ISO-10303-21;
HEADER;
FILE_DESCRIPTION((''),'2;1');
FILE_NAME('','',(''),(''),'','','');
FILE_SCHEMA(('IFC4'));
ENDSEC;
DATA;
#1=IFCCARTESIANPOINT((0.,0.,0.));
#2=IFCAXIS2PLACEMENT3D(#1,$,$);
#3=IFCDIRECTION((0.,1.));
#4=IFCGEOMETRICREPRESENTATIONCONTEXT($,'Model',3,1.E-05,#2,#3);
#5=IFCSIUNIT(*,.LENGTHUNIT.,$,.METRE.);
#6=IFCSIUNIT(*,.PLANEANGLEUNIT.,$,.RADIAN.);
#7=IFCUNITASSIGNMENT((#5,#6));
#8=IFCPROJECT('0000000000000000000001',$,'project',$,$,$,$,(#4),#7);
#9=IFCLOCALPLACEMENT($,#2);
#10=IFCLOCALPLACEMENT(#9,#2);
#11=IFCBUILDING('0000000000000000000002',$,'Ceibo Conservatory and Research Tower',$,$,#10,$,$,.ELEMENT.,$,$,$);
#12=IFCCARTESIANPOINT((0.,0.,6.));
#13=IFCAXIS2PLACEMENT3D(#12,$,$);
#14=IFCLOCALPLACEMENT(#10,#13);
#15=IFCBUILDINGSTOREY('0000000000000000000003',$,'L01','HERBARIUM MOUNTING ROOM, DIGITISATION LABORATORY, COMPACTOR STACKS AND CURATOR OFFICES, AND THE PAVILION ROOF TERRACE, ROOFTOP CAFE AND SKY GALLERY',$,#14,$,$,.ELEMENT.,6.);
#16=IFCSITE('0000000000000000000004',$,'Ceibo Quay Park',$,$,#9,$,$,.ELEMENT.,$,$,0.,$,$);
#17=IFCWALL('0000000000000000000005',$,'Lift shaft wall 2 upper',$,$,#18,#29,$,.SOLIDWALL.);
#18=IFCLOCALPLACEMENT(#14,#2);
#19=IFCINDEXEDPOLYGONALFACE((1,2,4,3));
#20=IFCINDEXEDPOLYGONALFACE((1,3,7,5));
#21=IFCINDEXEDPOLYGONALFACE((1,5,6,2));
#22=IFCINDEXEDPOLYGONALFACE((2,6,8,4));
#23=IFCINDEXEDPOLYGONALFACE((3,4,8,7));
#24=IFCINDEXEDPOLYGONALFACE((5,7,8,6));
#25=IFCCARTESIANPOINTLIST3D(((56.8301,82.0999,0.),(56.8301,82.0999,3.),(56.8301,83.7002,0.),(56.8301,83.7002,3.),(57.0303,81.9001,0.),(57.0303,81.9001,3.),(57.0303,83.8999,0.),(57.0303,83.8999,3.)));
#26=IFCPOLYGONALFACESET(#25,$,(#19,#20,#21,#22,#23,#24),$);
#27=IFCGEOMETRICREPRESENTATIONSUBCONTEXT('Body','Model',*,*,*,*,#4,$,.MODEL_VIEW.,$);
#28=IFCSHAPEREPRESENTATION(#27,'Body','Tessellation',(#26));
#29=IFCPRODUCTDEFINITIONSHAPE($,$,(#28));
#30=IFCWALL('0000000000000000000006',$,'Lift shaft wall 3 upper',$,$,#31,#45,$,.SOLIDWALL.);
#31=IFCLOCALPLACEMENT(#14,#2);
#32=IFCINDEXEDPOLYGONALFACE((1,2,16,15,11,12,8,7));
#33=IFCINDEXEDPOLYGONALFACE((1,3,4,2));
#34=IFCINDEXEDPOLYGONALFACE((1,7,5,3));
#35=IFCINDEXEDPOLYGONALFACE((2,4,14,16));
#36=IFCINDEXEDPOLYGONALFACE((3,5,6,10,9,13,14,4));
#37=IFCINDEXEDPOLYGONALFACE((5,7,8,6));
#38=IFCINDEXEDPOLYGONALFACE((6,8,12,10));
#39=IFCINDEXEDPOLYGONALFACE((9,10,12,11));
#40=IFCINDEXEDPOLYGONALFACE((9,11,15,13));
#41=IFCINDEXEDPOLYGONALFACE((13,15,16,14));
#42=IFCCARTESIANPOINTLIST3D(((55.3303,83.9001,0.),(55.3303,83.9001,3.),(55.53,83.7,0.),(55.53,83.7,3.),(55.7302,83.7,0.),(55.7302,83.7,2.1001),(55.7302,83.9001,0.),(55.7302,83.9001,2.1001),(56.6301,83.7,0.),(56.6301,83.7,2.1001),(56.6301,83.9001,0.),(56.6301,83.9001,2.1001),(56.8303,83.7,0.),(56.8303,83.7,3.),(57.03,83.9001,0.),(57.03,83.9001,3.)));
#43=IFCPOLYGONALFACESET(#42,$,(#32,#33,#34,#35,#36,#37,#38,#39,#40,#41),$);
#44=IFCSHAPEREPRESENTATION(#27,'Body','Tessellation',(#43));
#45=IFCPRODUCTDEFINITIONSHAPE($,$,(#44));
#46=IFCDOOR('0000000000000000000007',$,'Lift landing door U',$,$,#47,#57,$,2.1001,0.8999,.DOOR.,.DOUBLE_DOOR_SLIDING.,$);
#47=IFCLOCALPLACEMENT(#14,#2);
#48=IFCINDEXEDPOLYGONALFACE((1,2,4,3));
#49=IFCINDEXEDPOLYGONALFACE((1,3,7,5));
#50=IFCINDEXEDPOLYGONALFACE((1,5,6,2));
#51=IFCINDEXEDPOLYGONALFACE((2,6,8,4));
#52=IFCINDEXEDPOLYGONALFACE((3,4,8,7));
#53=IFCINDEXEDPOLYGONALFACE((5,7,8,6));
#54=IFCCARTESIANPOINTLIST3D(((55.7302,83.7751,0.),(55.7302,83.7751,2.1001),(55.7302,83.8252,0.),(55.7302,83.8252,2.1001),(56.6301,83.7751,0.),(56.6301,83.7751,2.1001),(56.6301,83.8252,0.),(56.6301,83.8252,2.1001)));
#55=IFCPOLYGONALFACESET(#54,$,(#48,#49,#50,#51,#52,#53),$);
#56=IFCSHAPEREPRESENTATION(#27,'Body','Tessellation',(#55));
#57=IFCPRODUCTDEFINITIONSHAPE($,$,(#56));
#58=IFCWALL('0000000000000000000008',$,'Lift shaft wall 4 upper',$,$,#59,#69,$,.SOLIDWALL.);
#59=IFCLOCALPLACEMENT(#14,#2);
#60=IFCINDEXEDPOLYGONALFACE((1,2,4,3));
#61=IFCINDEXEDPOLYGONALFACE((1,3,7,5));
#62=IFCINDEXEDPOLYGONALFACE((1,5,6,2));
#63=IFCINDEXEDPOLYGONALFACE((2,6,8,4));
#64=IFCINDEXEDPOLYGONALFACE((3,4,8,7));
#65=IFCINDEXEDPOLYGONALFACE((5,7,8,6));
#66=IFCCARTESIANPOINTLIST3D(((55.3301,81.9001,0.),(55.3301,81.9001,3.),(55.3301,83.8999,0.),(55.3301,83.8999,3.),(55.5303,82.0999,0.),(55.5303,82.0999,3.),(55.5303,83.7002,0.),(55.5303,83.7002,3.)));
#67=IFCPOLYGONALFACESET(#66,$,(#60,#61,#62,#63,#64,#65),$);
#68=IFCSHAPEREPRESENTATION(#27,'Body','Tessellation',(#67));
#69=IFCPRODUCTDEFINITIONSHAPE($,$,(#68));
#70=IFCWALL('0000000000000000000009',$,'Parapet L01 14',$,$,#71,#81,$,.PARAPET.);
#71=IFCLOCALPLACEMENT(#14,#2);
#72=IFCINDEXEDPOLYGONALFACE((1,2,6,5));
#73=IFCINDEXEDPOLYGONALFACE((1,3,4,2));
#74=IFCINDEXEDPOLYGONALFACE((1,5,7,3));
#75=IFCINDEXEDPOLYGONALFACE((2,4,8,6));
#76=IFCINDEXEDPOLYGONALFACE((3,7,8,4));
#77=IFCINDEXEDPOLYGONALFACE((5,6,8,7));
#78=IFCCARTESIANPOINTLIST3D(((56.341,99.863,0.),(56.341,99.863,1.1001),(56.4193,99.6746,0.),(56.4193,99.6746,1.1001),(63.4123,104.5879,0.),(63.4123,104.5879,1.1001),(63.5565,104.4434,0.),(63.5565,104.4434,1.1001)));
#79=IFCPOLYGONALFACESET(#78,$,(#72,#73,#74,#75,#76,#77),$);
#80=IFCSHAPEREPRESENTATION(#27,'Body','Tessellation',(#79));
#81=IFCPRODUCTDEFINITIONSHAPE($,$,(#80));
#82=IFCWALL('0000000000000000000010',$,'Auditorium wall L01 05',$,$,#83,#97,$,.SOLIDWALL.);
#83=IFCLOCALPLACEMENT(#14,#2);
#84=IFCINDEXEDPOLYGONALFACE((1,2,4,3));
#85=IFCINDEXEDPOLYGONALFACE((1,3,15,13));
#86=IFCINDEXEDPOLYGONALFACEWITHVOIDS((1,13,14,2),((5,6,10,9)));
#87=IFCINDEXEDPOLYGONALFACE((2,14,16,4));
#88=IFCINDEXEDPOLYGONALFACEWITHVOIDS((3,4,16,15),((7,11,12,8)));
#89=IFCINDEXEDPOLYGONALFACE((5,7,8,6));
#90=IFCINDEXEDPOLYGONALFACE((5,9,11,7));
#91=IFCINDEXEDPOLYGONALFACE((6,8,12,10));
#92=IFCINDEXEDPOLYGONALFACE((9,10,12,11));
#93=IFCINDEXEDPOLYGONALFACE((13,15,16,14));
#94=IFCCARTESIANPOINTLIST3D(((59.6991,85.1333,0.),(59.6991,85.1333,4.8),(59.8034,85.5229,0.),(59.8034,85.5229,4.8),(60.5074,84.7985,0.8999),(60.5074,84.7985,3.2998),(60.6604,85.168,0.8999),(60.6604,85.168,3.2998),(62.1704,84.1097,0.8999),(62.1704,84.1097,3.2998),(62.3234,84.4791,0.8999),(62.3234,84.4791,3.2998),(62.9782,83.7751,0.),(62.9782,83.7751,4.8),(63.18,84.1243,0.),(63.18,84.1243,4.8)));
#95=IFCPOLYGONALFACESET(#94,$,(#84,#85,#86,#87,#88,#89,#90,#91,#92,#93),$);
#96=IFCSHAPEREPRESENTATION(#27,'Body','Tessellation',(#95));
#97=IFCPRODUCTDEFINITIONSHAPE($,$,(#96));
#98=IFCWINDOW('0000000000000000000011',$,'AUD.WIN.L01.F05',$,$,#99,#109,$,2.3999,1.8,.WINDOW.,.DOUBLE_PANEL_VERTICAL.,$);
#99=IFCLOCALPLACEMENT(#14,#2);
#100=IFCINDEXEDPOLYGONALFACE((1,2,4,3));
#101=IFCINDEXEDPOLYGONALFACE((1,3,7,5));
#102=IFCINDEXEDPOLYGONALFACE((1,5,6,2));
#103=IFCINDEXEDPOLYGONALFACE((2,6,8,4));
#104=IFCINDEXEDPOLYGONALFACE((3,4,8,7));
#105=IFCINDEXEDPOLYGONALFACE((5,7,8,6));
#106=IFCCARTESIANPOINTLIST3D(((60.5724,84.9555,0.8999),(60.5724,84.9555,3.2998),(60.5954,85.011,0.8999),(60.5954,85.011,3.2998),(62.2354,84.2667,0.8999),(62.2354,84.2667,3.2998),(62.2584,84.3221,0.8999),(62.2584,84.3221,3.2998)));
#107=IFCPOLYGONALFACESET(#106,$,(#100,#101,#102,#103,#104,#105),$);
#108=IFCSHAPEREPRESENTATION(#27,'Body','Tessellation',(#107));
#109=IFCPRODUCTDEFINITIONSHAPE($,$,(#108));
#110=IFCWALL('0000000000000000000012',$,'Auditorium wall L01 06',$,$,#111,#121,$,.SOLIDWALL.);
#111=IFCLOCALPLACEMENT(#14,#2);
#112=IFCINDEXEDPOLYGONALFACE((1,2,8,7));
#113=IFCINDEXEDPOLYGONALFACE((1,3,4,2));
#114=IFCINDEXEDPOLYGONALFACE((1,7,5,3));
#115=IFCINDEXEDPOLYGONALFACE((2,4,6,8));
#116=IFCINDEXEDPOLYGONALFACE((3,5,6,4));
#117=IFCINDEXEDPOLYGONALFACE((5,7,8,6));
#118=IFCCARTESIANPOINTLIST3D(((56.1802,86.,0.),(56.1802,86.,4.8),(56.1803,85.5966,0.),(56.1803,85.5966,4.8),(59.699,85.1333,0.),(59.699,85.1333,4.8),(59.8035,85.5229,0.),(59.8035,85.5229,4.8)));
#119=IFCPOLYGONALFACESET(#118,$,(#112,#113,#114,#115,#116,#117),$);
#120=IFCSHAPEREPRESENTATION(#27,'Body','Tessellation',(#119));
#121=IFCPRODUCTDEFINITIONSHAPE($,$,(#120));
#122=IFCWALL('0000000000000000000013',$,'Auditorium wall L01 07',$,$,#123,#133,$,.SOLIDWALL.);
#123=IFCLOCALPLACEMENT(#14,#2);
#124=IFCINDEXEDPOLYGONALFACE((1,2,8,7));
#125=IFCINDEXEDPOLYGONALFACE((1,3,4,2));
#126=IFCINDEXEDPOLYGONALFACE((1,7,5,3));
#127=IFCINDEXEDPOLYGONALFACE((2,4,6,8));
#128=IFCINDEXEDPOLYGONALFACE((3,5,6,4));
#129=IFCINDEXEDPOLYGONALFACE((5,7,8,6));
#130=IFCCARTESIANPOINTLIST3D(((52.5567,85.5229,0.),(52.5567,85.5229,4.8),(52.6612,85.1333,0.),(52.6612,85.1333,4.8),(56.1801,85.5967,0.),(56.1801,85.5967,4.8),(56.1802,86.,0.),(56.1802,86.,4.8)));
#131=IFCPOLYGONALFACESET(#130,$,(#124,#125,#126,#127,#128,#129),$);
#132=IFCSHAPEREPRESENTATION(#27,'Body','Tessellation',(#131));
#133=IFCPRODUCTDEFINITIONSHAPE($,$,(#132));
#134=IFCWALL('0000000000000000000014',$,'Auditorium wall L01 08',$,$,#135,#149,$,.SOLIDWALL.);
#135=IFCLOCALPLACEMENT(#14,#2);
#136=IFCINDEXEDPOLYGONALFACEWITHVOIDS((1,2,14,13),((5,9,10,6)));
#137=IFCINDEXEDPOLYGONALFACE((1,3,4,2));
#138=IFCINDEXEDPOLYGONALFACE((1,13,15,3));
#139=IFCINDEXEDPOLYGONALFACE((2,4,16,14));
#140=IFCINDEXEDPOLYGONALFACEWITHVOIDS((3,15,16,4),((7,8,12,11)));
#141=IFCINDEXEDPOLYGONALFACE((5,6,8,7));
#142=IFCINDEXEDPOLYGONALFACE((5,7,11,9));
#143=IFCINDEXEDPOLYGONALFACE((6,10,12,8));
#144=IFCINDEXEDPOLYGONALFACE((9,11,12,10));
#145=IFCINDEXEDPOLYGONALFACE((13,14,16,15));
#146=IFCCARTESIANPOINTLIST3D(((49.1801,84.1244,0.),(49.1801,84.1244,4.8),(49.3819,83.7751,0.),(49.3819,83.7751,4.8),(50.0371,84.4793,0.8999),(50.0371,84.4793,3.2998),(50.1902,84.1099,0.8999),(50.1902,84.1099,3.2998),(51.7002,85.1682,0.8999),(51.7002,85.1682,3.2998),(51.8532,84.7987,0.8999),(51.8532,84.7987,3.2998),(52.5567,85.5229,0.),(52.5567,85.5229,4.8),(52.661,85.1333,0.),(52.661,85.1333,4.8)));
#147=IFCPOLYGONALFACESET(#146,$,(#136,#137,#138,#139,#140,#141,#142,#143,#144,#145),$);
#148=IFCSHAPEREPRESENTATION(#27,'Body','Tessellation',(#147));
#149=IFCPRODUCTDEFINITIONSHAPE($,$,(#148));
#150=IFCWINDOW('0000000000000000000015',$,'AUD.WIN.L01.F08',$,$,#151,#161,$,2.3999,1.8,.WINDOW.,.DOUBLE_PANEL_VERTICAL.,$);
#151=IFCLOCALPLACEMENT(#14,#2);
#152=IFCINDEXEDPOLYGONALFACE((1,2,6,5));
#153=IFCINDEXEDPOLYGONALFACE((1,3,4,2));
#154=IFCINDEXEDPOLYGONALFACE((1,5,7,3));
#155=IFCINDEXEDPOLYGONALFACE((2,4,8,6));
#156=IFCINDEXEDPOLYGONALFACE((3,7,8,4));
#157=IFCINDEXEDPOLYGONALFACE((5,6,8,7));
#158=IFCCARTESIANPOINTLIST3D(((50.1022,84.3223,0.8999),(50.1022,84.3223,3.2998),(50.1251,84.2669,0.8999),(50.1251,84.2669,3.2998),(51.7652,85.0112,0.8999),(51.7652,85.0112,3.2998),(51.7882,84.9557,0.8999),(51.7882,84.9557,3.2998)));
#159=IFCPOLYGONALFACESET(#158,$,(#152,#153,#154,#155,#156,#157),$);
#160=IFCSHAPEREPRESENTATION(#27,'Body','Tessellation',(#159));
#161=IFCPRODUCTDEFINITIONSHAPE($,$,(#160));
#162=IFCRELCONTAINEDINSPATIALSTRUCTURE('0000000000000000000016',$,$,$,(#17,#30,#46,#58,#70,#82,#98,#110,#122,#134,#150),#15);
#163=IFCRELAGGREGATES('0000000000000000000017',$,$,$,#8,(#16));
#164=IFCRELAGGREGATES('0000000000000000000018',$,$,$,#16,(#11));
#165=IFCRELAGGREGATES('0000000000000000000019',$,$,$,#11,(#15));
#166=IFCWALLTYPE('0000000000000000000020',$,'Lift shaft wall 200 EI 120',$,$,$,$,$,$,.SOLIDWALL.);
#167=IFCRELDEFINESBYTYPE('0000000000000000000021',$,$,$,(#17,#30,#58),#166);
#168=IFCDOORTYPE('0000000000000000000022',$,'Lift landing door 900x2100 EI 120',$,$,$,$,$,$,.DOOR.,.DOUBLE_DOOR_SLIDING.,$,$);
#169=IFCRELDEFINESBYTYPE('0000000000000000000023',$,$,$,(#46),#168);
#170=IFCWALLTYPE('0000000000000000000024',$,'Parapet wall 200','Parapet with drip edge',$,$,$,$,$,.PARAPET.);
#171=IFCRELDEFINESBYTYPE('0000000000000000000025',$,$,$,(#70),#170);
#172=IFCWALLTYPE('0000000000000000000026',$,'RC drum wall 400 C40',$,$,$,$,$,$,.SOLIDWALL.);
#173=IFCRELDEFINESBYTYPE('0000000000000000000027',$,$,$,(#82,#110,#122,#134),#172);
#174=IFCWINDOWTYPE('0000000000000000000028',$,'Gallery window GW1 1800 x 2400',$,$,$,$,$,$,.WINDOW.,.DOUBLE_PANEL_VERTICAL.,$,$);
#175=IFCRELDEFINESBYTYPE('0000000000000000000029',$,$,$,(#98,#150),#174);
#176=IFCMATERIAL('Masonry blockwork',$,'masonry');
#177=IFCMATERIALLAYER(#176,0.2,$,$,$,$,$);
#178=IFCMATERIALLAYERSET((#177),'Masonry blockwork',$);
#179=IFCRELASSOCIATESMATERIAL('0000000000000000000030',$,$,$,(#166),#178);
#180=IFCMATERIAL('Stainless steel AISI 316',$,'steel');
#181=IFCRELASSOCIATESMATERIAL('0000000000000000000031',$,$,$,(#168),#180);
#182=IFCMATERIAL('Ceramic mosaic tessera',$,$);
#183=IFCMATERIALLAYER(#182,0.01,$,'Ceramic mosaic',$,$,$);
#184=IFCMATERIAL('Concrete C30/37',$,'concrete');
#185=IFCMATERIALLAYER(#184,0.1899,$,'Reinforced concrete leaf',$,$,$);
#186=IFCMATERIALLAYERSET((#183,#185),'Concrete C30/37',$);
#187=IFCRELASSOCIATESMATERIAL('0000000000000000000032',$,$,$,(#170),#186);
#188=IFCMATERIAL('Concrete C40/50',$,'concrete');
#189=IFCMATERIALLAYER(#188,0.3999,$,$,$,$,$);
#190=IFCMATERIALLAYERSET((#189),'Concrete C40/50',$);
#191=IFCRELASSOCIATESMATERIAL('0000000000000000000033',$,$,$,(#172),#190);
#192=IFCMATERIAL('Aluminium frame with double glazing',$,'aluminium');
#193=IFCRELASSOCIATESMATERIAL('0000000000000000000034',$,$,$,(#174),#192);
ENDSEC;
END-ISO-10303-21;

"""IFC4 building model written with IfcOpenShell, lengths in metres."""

from ifc_helpers import new_model, si_unit, direction, frame, frame_2d, origin, place, context, subcontext, project, spatial, polyline, rectangle, outline, extrude, material, layer, layer_set, type_object, element, fill, save


model = new_model("IFC4")

# Units and contexts
model_context = context("Model", 3, precision=1e-05, world=origin(), true_north=direction((0.0, 1.0)))
body_context = subcontext(model_context, "Body", "Model", "MODEL_VIEW")
ifc_project = project(units=[si_unit("LENGTHUNIT", "METRE"), si_unit("PLANEANGLEUNIT", "RADIAN")], contexts=[model_context])

# Site, building, storey
site_placement = place(None, origin())
site = spatial("IfcSite", under=ifc_project, at=site_placement, Name="Ceibo Quay Park", CompositionType="ELEMENT", RefElevation=0.0)
building_placement = place(site_placement, origin())
building = spatial("IfcBuilding", under=site, at=building_placement, Name="Ceibo Conservatory and Research Tower", CompositionType="ELEMENT")
storey_placement = place(building_placement, frame((0.0, 0.0, 6.0)))
storey = spatial("IfcBuildingStorey", under=building, at=storey_placement, Name="L01", Description="HERBARIUM MOUNTING ROOM, DIGITISATION LABORATORY, COMPACTOR STACKS AND CURATOR OFFICES, AND THE PAVILION ROOF TERRACE, ROOFTOP CAFE AND SKY GALLERY", CompositionType="ELEMENT", Elevation=6.0)

# Wall
ifc_material_1 = material(Name="Masonry blockwork", Category="masonry")
ifc_layer_1 = layer(ifc_material_1, 0.2)
ifc_layer_set_1 = layer_set([ifc_layer_1], Name="Masonry blockwork")
wall_type_1 = type_object("IfcWallType", Name="Lift shaft wall 200 EI 120", PredefinedType="SOLIDWALL", material=ifc_layer_set_1)
wall_1_placement = place(storey_placement, frame((56.9302, 82.0, 0.0), z_axis=(0.0, 0.0, 1.0), x_axis=(0.0, 1.0, 0.0)))
element("IfcWall", 1, at=wall_1_placement, inside=storey, type_object=wall_type_1, Name="Lift shaft wall 2 upper", PredefinedType="SOLIDWALL", context=body_context, shape_type="SweptSolid", body=[
    extrude(outline(polyline([(-0.0999, -0.1001), (1.8999, -0.1001), (1.7002, 0.1001), (0.0999, 0.1001), (-0.0999, -0.1001)])), origin(), (0.0, 0.0, 1.0), 3.0),
])

# Wall, opening, door
wall_2_placement = place(storey_placement, frame((56.9302, 83.8, 0.0), z_axis=(0.0, 0.0, 1.0), x_axis=(-1.0, 0.0, 0.0)))
wall_2 = element("IfcWall", 2, at=wall_2_placement, inside=storey, type_object=wall_type_1, Name="Lift shaft wall 3 upper", PredefinedType="SOLIDWALL", context=body_context, shape_type="SweptSolid", body=[
    extrude(outline(polyline([(-0.0999, -0.1001), (1.5999, -0.1001), (1.4001, 0.1001), (0.0999, 0.1001), (-0.0999, -0.1001)])), origin(), (0.0, 0.0, 1.0), 3.0),
])
opening_1_placement = place(wall_2_placement, frame((0.3, 0.0, 0.0)))
opening_1 = element("IfcOpeningElement", 3, at=opening_1_placement, cuts=wall_2, PredefinedType="OPENING", context=body_context, shape_type="SweptSolid", body=[
    extrude(rectangle(XDim=0.8999, YDim=2.1001, at=frame_2d((0.45, 1.05))), frame((0.0, 0.1099, 0.0), z_axis=(0.0, -1.0, 0.0), x_axis=(1.0, 0.0, 0.0)), (0.0, 0.0, 1.0), 0.22),
])
ifc_material_2 = material(Name="Stainless steel AISI 316", Category="steel")
door_type = type_object("IfcDoorType", Name="Lift landing door 900x2100 EI 120", OperationType="DOUBLE_DOOR_SLIDING", PredefinedType="DOOR", material=ifc_material_2)
door_placement = place(opening_1_placement, origin())
door = element("IfcDoor", 4, at=door_placement, inside=storey, type_object=door_type, Name="Lift landing door U", OperationType="DOUBLE_DOOR_SLIDING", OverallHeight=2.1001, OverallWidth=0.8999, PredefinedType="DOOR", context=body_context, shape_type="SweptSolid", body=[
    extrude(rectangle(XDim=0.8999, YDim=2.1001, at=frame_2d((0.45, 1.05))), frame((0.0, 0.0249, 0.0), z_axis=(0.0, -1.0, 0.0), x_axis=(1.0, 0.0, 0.0)), (0.0, 0.0, 1.0), 0.05),
])
fill(opening_1, door)

# Walls
wall_3_placement = place(storey_placement, frame((55.4302, 83.8, 0.0), z_axis=(0.0, 0.0, 1.0), x_axis=(0.0, -1.0, 0.0)))
element("IfcWall", 5, at=wall_3_placement, inside=storey, type_object=wall_type_1, Name="Lift shaft wall 4 upper", PredefinedType="SOLIDWALL", context=body_context, shape_type="SweptSolid", body=[
    extrude(outline(polyline([(-0.0999, -0.1001), (1.8999, -0.1001), (1.7002, 0.1001), (0.0999, 0.1001), (-0.0999, -0.1001)])), origin(), (0.0, 0.0, 1.0), 3.0),
])
ifc_material_3 = material(Name="Ceramic mosaic tessera")
ifc_layer_2 = layer(ifc_material_3, 0.01, Name="Ceramic mosaic")
ifc_material_4 = material(Name="Concrete C30/37", Category="concrete")
ifc_layer_3 = layer(ifc_material_4, 0.1899, Name="Reinforced concrete leaf")
ifc_layer_set_2 = layer_set([ifc_layer_2, ifc_layer_3], Name="Concrete C30/37")
wall_type_2 = type_object("IfcWallType", Name="Parapet wall 200", Description="Parapet with drip edge", PredefinedType="PARAPET", material=ifc_layer_set_2)
wall_4_placement = place(storey_placement, frame((56.3801, 99.7688, 0.0), z_axis=(0.0, 0.0, 1.0), x_axis=(0.831474, 0.555564, 0.0)))
element("IfcWall", 6, at=wall_4_placement, inside=storey, type_object=wall_type_2, Name="Parapet L01 14", PredefinedType="PARAPET", context=body_context, shape_type="SweptSolid", body=[
    extrude(outline(polyline([(-0.0198, -0.1001), (8.564, -0.1001), (8.5244, 0.1001), (0.0198, 0.1001), (-0.0198, -0.1001)])), origin(), (0.0, 0.0, 1.0), 1.1001),
])

# Wall, opening, window
ifc_material_5 = material(Name="Concrete C40/50", Category="concrete")
ifc_layer_4 = layer(ifc_material_5, 0.3999)
ifc_layer_set_3 = layer_set([ifc_layer_4], Name="Concrete C40/50")
wall_type_3 = type_object("IfcWallType", Name="RC drum wall 400 C40", PredefinedType="SOLIDWALL", material=ifc_layer_set_3)
wall_5_placement = place(storey_placement, frame((63.0791, 83.9497, 0.0), z_axis=(0.0, 0.0, 1.0), x_axis=(-0.923883, 0.382675, 0.0)))
wall_5 = element("IfcWall", 7, at=wall_5_placement, inside=storey, type_object=wall_type_3, Name="Auditorium wall L01 05", PredefinedType="SOLIDWALL", context=body_context, shape_type="SweptSolid", body=[
    extrude(outline(polyline([(-0.0264, -0.2), (3.6284, -0.2), (3.5757, 0.2), (0.0264, 0.2), (-0.0264, -0.2)])), origin(), (0.0, 0.0, 1.0), 4.8),
])
opening_2_placement = place(wall_5_placement, frame((0.9009, 0.0, 0.8999)))
opening_2 = element("IfcOpeningElement", 8, at=opening_2_placement, cuts=wall_5, PredefinedType="OPENING", context=body_context, shape_type="SweptSolid", body=[
    extrude(rectangle(XDim=1.8, YDim=2.3999, at=frame_2d((0.8999, 1.2))), frame((0.0, 0.21, 0.0), z_axis=(0.0, -1.0, 0.0), x_axis=(1.0, 0.0, 0.0)), (0.0, 0.0, 1.0), 0.4199),
])
ifc_material_6 = material(Name="Aluminium frame with double glazing", Category="aluminium")
window_type = type_object("IfcWindowType", Name="Gallery window GW1 1800 x 2400", PartitioningType="DOUBLE_PANEL_VERTICAL", PredefinedType="WINDOW", material=ifc_material_6)
window_1_placement = place(opening_2_placement, origin())
window_1 = element("IfcWindow", 9, at=window_1_placement, inside=storey, type_object=window_type, Name="AUD.WIN.L01.F05", OverallHeight=2.3999, OverallWidth=1.8, PartitioningType="DOUBLE_PANEL_VERTICAL", PredefinedType="WINDOW", context=body_context, shape_type="SweptSolid", body=[
    extrude(rectangle(XDim=1.8, YDim=2.3999, at=frame_2d((0.8999, 1.2))), frame((0.0, 0.03, 0.0), z_axis=(0.0, -1.0, 0.0), x_axis=(1.0, 0.0, 0.0)), (0.0, 0.0, 1.0), 0.0601),
])
fill(opening_2, window_1)

# Walls
wall_6_placement = place(storey_placement, frame((59.7512, 85.3281, 0.0), z_axis=(0.0, 0.0, 1.0), x_axis=(-0.991442, 0.130547, 0.0)))
element("IfcWall", 10, at=wall_6_placement, inside=storey, type_object=wall_type_3, Name="Auditorium wall L01 06", PredefinedType="SOLIDWALL", context=body_context, shape_type="SweptSolid", body=[
    extrude(outline(polyline([(-0.0264, -0.2), (3.6282, -0.2), (3.5754, 0.2), (0.0264, 0.2), (-0.0264, -0.2)])), origin(), (0.0, 0.0, 1.0), 4.8),
])
wall_7_placement = place(storey_placement, frame((56.1802, 85.7983, 0.0), z_axis=(0.0, 0.0, 1.0), x_axis=(-0.991443, -0.130539, 0.0)))
element("IfcWall", 11, at=wall_7_placement, inside=storey, type_object=wall_type_3, Name="Auditorium wall L01 07", PredefinedType="SOLIDWALL", context=body_context, shape_type="SweptSolid", body=[
    extrude(outline(polyline([(-0.0264, -0.2), (3.6284, -0.2), (3.5757, 0.2), (0.0264, 0.2), (-0.0264, -0.2)])), origin(), (0.0, 0.0, 1.0), 4.8),
])

# Wall, opening, window
wall_8_placement = place(storey_placement, frame((52.6089, 85.3281, 0.0), z_axis=(0.0, 0.0, 1.0), x_axis=(-0.923883, -0.382675, 0.0)))
wall_8 = element("IfcWall", 12, at=wall_8_placement, inside=storey, type_object=wall_type_3, Name="Auditorium wall L01 08", PredefinedType="SOLIDWALL", context=body_context, shape_type="SweptSolid", body=[
    extrude(outline(polyline([(-0.0264, -0.2), (3.6284, -0.2), (3.5757, 0.2), (0.0264, 0.2), (-0.0264, -0.2)])), origin(), (0.0, 0.0, 1.0), 4.8),
])
opening_3_placement = place(wall_8_placement, frame((0.9009, 0.0, 0.8999)))
opening_3 = element("IfcOpeningElement", 13, at=opening_3_placement, cuts=wall_8, PredefinedType="OPENING", context=body_context, shape_type="SweptSolid", body=[
    extrude(rectangle(XDim=1.8, YDim=2.3999, at=frame_2d((0.8999, 1.2))), frame((0.0, 0.21, 0.0), z_axis=(0.0, -1.0, 0.0), x_axis=(1.0, 0.0, 0.0)), (0.0, 0.0, 1.0), 0.4199),
])
window_2_placement = place(opening_3_placement, origin())
window_2 = element("IfcWindow", 14, at=window_2_placement, inside=storey, type_object=window_type, Name="AUD.WIN.L01.F08", OverallHeight=2.3999, OverallWidth=1.8, PartitioningType="DOUBLE_PANEL_VERTICAL", PredefinedType="WINDOW", context=body_context, shape_type="SweptSolid", body=[
    extrude(rectangle(XDim=1.8, YDim=2.3999, at=frame_2d((0.8999, 1.2))), frame((0.0, 0.03, 0.0), z_axis=(0.0, -1.0, 0.0), x_axis=(1.0, 0.0, 0.0)), (0.0, 0.0, 1.0), 0.0601),
])
fill(opening_3, window_2)

save(model, "model.ifc")
